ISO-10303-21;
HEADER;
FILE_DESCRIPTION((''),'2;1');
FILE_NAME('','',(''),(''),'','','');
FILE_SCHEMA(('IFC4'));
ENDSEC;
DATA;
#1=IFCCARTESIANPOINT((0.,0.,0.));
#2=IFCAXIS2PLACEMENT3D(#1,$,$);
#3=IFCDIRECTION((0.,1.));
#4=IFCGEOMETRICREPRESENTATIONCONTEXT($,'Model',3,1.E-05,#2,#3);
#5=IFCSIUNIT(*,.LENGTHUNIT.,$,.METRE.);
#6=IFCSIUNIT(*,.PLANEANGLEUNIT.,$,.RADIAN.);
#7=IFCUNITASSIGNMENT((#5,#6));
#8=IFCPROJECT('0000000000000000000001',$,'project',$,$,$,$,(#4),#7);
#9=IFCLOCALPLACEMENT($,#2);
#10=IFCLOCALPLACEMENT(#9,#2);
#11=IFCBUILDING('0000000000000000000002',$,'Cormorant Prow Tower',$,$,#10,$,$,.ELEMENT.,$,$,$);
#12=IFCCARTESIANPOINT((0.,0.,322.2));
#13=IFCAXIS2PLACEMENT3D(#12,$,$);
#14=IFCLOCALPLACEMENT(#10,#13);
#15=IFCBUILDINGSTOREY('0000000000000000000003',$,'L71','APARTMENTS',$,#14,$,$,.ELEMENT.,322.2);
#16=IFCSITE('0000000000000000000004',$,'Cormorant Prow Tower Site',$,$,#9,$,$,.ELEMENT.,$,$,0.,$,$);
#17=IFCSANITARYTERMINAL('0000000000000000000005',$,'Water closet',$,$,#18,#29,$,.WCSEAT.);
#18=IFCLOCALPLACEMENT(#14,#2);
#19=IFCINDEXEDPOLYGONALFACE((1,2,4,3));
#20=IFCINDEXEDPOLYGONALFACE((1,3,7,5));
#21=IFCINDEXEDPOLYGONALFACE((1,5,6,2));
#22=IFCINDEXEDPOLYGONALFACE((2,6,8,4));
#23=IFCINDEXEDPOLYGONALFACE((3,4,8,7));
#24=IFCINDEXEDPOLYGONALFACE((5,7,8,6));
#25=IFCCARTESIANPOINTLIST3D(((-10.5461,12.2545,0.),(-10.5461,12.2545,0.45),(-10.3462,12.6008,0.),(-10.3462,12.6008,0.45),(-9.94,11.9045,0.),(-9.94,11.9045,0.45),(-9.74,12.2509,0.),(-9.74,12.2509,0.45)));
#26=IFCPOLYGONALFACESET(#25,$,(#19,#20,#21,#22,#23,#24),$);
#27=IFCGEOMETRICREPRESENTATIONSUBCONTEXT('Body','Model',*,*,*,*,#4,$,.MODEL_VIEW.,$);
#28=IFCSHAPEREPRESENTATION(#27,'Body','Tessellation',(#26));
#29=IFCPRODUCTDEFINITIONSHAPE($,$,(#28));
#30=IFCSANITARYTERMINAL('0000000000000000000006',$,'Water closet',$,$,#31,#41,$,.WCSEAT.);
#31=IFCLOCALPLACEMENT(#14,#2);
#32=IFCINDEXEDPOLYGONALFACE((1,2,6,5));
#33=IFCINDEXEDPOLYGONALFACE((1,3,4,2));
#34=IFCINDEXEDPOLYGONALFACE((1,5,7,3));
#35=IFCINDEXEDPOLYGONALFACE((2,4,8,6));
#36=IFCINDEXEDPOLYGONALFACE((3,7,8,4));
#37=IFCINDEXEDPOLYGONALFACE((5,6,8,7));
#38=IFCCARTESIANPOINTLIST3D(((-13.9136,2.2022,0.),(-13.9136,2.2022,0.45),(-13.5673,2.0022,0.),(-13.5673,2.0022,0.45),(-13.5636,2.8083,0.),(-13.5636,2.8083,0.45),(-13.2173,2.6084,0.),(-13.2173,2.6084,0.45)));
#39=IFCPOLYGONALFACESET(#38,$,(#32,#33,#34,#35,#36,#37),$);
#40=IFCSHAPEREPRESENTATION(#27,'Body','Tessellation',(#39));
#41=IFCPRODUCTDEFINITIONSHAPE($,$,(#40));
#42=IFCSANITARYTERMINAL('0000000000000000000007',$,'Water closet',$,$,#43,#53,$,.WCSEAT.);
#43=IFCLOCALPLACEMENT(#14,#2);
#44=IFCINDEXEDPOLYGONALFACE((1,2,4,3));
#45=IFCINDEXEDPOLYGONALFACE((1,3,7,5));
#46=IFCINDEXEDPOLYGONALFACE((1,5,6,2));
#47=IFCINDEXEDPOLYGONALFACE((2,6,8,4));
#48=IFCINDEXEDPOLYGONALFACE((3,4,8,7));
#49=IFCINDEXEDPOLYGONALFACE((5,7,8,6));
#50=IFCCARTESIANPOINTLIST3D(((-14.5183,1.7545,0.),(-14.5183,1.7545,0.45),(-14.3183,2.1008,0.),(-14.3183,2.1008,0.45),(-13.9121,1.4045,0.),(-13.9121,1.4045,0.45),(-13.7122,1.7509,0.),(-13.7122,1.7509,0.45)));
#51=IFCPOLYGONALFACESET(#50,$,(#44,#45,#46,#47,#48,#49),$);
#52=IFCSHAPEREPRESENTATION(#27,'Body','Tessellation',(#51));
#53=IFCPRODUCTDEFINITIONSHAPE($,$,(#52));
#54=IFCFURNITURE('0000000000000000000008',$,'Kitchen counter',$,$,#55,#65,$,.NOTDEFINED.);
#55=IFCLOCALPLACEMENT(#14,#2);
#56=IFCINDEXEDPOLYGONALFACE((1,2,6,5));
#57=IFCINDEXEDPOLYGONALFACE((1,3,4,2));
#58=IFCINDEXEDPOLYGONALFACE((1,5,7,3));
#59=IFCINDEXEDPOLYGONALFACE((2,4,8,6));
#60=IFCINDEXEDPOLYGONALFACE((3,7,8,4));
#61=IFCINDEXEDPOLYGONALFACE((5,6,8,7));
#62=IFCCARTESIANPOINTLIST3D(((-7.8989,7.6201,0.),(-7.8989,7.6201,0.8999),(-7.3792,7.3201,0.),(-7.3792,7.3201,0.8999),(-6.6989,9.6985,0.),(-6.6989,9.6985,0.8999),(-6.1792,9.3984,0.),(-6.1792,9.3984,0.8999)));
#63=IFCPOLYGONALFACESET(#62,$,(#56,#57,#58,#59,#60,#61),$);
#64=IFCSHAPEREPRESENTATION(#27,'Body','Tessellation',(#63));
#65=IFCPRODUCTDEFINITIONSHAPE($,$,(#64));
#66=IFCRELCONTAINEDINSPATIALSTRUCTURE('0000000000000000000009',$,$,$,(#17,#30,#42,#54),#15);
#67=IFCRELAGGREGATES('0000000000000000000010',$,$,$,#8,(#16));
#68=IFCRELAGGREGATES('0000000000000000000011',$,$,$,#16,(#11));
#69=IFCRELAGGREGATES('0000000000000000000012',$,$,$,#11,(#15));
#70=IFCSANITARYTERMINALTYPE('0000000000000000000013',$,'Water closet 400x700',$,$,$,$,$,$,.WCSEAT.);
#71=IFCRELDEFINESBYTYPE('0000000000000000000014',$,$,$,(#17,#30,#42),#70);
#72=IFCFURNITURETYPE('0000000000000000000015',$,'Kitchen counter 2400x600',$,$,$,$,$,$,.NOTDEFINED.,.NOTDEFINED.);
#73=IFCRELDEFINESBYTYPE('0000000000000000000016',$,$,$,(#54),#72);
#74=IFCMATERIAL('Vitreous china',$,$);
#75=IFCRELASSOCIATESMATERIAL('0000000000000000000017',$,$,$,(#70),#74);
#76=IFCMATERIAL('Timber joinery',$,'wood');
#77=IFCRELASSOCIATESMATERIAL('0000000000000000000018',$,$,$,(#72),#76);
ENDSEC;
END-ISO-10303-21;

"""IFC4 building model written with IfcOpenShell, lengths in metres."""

from ifc_helpers import new_model, si_unit, direction, frame, origin, origin_2d, place, context, subcontext, project, spatial, rectangle, extrude, material, type_object, element, save


model = new_model("IFC4")

# Units and contexts
model_context = context("Model", 3, precision=1e-05, world=origin(), true_north=direction((0.0, 1.0)))
body_context = subcontext(model_context, "Body", "Model", "MODEL_VIEW")
ifc_project = project(units=[si_unit("LENGTHUNIT", "METRE"), si_unit("PLANEANGLEUNIT", "RADIAN")], contexts=[model_context])

# Site, building, storey
site_placement = place(None, origin())
site = spatial("IfcSite", under=ifc_project, at=site_placement, Name="Cormorant Prow Tower Site", CompositionType="ELEMENT", RefElevation=0.0)
building_placement = place(site_placement, origin())
building = spatial("IfcBuilding", under=site, at=building_placement, Name="Cormorant Prow Tower", CompositionType="ELEMENT")
storey_placement = place(building_placement, frame((0.0, 0.0, 322.2)))
storey = spatial("IfcBuildingStorey", under=building, at=storey_placement, Name="L71", Description="APARTMENTS", CompositionType="ELEMENT", Elevation=322.2)

# Sanitary terminals
ifc_material_1 = material(Name="Vitreous china")
sanitary_terminal_type_1 = type_object("IfcSanitaryTerminalType", Name="Water closet 400x700", PredefinedType="WCSEAT", material=ifc_material_1)
for number, where, z_axis, x_axis, name in (
    (1, (-10.1431, 12.2527, 0.0), (0.0, 0.0, 1.0), (0.5, 0.866025, 0.0), "Water closet"),
    (2, (-13.5654, 2.4053, 0.0), (0.0, 0.0, 1.0), (-0.866025, 0.5, 0.0), "Water closet"),
    (3, (-14.1152, 1.7527, 0.0), (0.0, 0.0, 1.0), (-0.5, -0.866025, 0.0), "Water closet"),
):
    element("IfcSanitaryTerminal", number, at=place(storey_placement, frame(where, z_axis=z_axis, x_axis=x_axis)), inside=storey, type_object=sanitary_terminal_type_1, Name=name, PredefinedType="WCSEAT", context=body_context, shape_type="SweptSolid", body=[
        extrude(rectangle(XDim=0.3999, YDim=0.7, at=origin_2d()), origin(), (0.0, 0.0, 1.0), 0.45),
    ])

# Furniture
ifc_material_2 = material(Name="Timber joinery", Category="wood")
furniture_type = type_object("IfcFurnitureType", Name="Kitchen counter 2400x600", AssemblyPlace="NOTDEFINED", PredefinedType="NOTDEFINED", material=ifc_material_2)
furniture_placement = place(storey_placement, frame((-7.0391, 8.5093, 0.0), z_axis=(0.0, 0.0, 1.0), x_axis=(-0.5, -0.866025, 0.0)))
element("IfcFurniture", 4, at=furniture_placement, inside=storey, type_object=furniture_type, Name="Kitchen counter", PredefinedType="NOTDEFINED", context=body_context, shape_type="SweptSolid", body=[
    extrude(rectangle(XDim=2.3999, YDim=0.6001, at=origin_2d()), origin(), (0.0, 0.0, 1.0), 0.8999),
])

save(model, "model.ifc")
